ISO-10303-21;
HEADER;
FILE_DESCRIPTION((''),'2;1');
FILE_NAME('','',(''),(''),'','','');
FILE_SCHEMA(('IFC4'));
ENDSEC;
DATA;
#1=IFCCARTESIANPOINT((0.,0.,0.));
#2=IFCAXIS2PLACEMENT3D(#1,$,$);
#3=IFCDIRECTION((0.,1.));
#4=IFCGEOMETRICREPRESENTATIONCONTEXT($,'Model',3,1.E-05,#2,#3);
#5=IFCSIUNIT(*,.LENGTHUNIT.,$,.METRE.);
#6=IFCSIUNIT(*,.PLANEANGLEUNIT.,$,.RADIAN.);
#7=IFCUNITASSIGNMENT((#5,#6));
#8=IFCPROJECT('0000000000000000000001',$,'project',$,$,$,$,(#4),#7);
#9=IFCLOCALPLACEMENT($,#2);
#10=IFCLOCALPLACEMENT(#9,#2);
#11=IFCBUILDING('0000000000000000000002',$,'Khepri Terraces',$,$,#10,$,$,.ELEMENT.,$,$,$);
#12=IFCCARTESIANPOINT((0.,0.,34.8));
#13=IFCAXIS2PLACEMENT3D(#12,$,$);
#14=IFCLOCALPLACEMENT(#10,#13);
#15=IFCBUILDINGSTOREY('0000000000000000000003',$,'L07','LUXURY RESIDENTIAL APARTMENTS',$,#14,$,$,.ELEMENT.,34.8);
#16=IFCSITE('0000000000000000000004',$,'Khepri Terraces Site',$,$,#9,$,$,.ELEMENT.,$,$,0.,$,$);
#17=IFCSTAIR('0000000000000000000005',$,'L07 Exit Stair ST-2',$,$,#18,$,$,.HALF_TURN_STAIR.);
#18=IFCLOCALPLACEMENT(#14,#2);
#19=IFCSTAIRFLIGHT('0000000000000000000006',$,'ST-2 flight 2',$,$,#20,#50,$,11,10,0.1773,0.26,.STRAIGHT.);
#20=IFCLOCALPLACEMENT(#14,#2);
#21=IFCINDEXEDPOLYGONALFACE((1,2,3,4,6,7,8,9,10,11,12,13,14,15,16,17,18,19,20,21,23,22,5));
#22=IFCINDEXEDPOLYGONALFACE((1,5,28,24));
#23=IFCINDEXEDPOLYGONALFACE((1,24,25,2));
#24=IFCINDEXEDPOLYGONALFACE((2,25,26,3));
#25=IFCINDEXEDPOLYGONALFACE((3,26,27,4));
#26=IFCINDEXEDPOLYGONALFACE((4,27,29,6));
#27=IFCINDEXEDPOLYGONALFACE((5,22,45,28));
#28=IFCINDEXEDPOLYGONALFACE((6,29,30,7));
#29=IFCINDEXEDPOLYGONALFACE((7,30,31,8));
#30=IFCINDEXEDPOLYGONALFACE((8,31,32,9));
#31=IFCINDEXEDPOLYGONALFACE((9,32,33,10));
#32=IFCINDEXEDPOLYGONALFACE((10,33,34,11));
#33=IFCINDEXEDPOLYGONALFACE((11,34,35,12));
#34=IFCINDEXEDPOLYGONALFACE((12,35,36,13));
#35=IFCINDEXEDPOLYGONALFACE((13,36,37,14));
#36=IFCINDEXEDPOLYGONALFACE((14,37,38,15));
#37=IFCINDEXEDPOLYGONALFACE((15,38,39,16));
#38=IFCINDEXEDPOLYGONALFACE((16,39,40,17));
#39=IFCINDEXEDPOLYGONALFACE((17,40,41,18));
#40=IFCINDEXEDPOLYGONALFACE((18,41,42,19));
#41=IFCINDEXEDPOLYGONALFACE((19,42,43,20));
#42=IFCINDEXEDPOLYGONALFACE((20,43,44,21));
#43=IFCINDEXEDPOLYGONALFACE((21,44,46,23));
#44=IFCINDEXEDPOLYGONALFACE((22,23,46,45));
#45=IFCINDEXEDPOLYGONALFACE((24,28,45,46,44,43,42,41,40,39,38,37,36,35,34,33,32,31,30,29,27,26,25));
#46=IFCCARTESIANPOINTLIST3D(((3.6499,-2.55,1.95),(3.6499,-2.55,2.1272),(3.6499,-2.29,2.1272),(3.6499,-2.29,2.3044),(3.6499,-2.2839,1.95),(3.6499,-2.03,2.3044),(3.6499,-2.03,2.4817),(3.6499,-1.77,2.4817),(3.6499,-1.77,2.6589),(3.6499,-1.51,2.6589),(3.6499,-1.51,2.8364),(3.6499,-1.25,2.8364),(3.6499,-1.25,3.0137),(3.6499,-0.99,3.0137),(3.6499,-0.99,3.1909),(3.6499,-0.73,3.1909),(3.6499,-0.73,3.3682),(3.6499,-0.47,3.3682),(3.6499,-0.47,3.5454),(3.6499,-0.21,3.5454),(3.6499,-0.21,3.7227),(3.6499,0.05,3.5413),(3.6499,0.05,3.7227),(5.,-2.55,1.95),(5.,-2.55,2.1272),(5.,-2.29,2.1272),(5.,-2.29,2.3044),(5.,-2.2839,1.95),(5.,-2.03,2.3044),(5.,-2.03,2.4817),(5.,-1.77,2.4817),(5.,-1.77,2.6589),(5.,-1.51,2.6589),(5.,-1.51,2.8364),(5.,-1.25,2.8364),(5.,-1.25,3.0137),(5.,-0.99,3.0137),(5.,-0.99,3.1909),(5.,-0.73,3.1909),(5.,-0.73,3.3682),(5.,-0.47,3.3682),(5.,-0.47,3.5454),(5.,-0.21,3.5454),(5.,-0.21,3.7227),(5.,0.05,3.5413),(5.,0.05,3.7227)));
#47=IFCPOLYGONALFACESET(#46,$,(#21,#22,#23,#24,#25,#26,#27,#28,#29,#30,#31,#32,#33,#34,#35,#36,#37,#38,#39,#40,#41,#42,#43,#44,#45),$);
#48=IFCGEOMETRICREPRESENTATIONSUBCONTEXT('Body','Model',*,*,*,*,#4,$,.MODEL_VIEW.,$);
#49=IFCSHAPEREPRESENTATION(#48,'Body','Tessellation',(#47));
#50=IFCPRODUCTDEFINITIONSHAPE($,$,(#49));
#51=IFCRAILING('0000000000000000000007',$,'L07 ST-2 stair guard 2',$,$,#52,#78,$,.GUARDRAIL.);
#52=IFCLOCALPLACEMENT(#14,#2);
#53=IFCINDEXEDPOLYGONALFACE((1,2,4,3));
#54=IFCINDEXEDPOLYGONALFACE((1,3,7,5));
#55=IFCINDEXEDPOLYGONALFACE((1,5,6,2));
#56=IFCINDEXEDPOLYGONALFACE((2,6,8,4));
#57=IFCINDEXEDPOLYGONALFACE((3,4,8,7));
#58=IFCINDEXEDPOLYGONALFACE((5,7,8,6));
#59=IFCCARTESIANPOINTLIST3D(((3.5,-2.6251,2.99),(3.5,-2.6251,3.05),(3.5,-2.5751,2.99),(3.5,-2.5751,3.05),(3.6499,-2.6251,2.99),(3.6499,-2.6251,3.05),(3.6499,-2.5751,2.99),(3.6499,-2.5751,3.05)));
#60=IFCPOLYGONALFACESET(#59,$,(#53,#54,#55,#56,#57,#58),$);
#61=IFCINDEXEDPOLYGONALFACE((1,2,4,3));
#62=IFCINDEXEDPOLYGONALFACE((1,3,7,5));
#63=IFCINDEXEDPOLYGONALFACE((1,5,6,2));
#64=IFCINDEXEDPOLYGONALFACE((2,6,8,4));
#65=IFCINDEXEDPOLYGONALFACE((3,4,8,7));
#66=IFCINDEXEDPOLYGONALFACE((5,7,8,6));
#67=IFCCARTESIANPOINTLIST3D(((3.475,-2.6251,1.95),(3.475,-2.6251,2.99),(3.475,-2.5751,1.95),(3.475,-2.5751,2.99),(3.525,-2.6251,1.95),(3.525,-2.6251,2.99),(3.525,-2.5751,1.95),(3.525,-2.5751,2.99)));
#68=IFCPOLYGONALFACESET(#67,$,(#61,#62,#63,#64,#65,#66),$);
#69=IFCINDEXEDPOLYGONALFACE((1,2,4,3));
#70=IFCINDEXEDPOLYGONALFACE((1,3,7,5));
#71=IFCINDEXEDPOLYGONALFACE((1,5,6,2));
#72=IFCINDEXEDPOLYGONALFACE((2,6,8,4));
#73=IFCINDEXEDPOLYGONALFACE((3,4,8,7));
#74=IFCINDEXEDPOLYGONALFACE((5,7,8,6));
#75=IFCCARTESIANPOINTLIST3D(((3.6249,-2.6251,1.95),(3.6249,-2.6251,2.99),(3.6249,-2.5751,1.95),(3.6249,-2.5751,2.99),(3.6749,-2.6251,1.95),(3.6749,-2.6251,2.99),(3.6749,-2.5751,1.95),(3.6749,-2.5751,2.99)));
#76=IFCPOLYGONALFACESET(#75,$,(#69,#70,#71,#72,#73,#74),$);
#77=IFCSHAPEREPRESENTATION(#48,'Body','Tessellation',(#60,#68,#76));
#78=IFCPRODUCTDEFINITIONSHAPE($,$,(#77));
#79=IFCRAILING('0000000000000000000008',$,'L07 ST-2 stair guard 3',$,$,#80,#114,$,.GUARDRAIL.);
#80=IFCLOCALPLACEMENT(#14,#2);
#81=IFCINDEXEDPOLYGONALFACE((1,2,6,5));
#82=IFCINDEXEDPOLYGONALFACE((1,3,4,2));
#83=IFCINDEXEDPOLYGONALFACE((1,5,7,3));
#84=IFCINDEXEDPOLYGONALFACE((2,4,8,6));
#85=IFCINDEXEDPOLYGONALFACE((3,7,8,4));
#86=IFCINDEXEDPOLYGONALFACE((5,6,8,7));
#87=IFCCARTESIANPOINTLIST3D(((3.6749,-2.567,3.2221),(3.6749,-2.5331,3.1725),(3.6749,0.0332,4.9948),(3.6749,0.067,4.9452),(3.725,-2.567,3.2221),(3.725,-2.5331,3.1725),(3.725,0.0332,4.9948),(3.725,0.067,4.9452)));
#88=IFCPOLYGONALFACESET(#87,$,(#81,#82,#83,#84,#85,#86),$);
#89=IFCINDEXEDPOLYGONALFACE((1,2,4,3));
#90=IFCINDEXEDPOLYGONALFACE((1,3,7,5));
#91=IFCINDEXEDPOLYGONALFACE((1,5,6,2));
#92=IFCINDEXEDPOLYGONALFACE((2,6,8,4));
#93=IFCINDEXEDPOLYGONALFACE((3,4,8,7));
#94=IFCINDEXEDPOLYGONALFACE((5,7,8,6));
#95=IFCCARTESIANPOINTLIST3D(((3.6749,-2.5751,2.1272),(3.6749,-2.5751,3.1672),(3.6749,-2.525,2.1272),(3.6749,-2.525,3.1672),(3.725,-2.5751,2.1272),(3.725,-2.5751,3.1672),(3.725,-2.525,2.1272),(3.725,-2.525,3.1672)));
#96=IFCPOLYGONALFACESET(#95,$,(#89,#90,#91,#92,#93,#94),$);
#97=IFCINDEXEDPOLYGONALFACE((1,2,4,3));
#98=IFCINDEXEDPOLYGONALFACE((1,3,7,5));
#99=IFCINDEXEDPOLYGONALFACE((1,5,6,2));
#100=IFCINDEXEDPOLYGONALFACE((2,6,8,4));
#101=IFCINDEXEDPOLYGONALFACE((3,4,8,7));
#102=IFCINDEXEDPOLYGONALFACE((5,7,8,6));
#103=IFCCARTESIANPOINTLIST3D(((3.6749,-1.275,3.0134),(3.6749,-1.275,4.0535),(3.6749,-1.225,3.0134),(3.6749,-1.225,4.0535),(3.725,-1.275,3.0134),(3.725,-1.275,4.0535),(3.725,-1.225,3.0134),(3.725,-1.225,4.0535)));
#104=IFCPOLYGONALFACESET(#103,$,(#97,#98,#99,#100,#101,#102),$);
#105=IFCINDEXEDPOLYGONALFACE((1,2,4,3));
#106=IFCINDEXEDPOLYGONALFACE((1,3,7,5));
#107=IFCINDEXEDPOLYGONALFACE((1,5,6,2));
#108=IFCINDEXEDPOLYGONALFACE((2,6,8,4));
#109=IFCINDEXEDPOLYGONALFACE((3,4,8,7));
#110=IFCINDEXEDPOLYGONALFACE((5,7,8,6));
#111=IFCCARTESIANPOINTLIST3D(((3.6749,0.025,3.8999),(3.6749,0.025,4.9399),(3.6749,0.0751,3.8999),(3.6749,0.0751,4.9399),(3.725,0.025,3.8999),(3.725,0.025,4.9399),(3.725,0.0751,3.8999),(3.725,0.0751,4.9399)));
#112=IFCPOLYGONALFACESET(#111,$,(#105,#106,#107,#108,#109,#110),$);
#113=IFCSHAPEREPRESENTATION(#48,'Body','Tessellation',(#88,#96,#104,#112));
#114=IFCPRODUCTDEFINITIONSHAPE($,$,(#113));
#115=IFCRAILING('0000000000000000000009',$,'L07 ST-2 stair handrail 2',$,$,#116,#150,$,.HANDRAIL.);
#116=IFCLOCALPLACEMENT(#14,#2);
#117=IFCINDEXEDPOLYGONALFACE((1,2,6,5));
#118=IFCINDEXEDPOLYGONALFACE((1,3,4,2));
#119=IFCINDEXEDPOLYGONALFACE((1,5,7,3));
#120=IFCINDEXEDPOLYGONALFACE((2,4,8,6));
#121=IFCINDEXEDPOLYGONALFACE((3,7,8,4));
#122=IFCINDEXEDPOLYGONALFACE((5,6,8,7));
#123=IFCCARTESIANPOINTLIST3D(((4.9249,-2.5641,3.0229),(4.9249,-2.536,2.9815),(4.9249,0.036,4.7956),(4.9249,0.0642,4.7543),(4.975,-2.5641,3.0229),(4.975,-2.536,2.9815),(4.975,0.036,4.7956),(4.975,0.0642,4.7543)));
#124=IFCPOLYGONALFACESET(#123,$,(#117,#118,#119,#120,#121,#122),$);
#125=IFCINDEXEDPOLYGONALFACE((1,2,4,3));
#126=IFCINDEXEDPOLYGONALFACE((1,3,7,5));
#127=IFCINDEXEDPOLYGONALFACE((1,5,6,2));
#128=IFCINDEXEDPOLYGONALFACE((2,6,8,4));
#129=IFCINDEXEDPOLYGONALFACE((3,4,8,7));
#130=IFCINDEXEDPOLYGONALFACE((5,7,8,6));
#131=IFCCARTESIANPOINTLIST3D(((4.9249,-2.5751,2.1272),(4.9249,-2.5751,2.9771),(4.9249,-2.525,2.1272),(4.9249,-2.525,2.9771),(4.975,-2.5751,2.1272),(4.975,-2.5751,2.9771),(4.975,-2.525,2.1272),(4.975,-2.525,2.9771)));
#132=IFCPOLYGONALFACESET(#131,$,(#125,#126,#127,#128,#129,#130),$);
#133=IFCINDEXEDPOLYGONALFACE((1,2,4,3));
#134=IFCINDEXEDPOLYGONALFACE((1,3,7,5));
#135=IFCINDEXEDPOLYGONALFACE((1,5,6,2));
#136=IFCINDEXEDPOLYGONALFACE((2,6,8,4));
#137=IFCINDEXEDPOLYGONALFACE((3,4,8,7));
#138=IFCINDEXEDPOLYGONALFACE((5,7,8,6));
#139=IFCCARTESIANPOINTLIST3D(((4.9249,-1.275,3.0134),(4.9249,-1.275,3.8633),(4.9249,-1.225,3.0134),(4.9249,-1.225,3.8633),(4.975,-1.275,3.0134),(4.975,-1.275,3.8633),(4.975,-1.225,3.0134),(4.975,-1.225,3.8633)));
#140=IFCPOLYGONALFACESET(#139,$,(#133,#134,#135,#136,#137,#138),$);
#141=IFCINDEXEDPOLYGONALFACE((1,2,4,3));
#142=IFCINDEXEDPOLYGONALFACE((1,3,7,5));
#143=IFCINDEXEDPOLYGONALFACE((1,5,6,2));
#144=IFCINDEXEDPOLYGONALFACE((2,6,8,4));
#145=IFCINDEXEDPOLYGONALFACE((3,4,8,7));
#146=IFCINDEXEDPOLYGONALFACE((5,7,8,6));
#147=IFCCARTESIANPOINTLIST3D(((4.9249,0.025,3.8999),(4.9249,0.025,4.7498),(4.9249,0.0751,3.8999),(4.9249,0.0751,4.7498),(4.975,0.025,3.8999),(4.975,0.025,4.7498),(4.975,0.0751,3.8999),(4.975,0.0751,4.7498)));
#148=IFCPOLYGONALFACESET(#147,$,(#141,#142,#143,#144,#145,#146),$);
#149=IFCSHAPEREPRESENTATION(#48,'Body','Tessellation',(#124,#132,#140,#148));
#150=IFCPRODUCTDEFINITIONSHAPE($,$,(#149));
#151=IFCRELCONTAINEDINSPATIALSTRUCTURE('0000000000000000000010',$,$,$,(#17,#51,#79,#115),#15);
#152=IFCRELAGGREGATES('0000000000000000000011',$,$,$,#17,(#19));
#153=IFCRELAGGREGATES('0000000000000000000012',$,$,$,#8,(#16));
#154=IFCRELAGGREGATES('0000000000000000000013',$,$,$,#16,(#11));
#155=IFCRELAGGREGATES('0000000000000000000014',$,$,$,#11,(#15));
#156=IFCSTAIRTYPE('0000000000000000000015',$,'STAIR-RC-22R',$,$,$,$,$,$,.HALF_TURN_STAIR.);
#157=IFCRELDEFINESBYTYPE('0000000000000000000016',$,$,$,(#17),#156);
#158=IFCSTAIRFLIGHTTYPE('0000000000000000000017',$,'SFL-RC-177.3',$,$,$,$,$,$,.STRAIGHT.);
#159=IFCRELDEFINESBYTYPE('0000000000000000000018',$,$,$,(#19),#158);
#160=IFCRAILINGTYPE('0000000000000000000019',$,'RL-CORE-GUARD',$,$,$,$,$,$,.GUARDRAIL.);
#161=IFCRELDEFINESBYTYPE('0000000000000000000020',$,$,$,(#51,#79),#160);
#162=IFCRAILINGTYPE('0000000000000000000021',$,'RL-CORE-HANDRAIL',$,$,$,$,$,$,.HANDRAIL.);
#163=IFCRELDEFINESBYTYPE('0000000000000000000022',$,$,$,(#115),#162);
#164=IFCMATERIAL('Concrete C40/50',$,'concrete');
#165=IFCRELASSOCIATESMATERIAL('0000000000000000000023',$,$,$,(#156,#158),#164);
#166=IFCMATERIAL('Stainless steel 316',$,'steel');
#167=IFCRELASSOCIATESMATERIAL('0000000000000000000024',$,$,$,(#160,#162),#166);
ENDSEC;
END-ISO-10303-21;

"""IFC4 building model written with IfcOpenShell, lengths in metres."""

from ifc_helpers import new_model, si_unit, direction, frame, origin, origin_2d, place, context, subcontext, project, spatial, polyline, rectangle, outline, extrude, material, type_object, element, aggregate, save


model = new_model("IFC4")

# Units and contexts
model_context = context("Model", 3, precision=1e-05, world=origin(), true_north=direction((0.0, 1.0)))
body_context = subcontext(model_context, "Body", "Model", "MODEL_VIEW")
ifc_project = project(units=[si_unit("LENGTHUNIT", "METRE"), si_unit("PLANEANGLEUNIT", "RADIAN")], contexts=[model_context])

# Site, building, storey
site_placement = place(None, origin())
site = spatial("IfcSite", under=ifc_project, at=site_placement, Name="Khepri Terraces Site", CompositionType="ELEMENT", RefElevation=0.0)
building_placement = place(site_placement, origin())
building = spatial("IfcBuilding", under=site, at=building_placement, Name="Khepri Terraces", CompositionType="ELEMENT")
storey_placement = place(building_placement, frame((0.0, 0.0, 34.8)))
storey = spatial("IfcBuildingStorey", under=building, at=storey_placement, Name="L07", Description="LUXURY RESIDENTIAL APARTMENTS", CompositionType="ELEMENT", Elevation=34.8)

# Stair, stair flight
ifc_material_1 = material(Name="Concrete C40/50", Category="concrete")
stair_type = type_object("IfcStairType", Name="STAIR-RC-22R", PredefinedType="HALF_TURN_STAIR", material=ifc_material_1)
stair_placement = place(storey_placement, origin())
stair = element("IfcStair", 1, at=stair_placement, inside=storey, type_object=stair_type, Name="L07 Exit Stair ST-2", PredefinedType="HALF_TURN_STAIR")
stair_flight_type = type_object("IfcStairFlightType", Name="SFL-RC-177.3", PredefinedType="STRAIGHT", material=ifc_material_1)
stair_flight_placement = place(storey_placement, frame((4.325, -2.55, 1.95), z_axis=(0.0, 0.0, 1.0), x_axis=(0.0, 1.0, 0.0)))
stair_flight = element("IfcStairFlight", 2, at=stair_flight_placement, type_object=stair_flight_type, Name="ST-2 flight 2", NumberOfRisers=11, NumberOfTreads=10, PredefinedType="STRAIGHT", RiserHeight=0.1773, TreadLength=0.26, context=body_context, shape_type="SweptSolid", body=[
    extrude(outline(polyline([(0.0, 0.0), (0.0, 0.1772), (0.26, 0.1772), (0.26, 0.3545), (0.52, 0.3545), (0.52, 0.5317), (0.78, 0.5317), (0.78, 0.709), (1.04, 0.709), (1.04, 0.8865), (1.3, 0.8865), (1.3, 1.0637), (1.5601, 1.0637), (1.5601, 1.241), (1.8201, 1.241), (1.8201, 1.4182), (2.0801, 1.4182), (2.0801, 1.5955), (2.3401, 1.5955), (2.3401, 1.7727), (2.6001, 1.7727), (2.6001, 1.95), (2.6001, 1.5913), (0.2661, 0.0), (0.0, 0.0)])), frame((0.0, 0.675, 0.0), z_axis=(0.0, -1.0, 0.0), x_axis=(1.0, 0.0, 0.0)), (0.0, 0.0, 1.0), 1.3501),
])
aggregate(stair, [stair_flight])

# Railings
ifc_material_2 = material(Name="Stainless steel 316", Category="steel")
railing_type_1 = type_object("IfcRailingType", Name="RL-CORE-GUARD", PredefinedType="GUARDRAIL", material=ifc_material_2)
railing_1_placement = place(storey_placement, frame((3.5, -2.6001, 1.95)))
element("IfcRailing", 3, at=railing_1_placement, inside=storey, type_object=railing_type_1, Name="L07 ST-2 stair guard 2", PredefinedType="GUARDRAIL", context=body_context, shape_type="SweptSolid", body=[
    extrude(rectangle(XDim=0.05, YDim=0.0601, at=origin_2d()), frame((0.0, 0.0, 1.0701), z_axis=(1.0, 0.0, 0.0), x_axis=(0.0, 1.0, 0.0)), (0.0, 0.0, 1.0), 0.1499),
    extrude(rectangle(XDim=0.05, YDim=0.05, at=origin_2d()), origin(), (0.0, 0.0, 1.0), 1.04),
    extrude(rectangle(XDim=0.05, YDim=0.05, at=origin_2d()), frame((0.1499, 0.0, 0.0)), (0.0, 0.0, 1.0), 1.04),
])
railing_2_placement = place(storey_placement, frame((3.7, -2.55, 2.1272)))
element("IfcRailing", 4, at=railing_2_placement, inside=storey, type_object=railing_type_1, Name="L07 ST-2 stair guard 3", PredefinedType="GUARDRAIL", context=body_context, shape_type="SweptSolid", body=[
    extrude(rectangle(XDim=0.05, YDim=0.0601, at=origin_2d()), frame((0.0, 0.0, 1.0701), z_axis=(0.0, 0.82624, 0.563318), x_axis=(-1.0, 0.0, 0.0)), (0.0, 0.0, 1.0), 3.147),
    extrude(rectangle(XDim=0.05, YDim=0.05, at=origin_2d()), origin(), (0.0, 0.0, 1.0), 1.04),
    extrude(rectangle(XDim=0.05, YDim=0.05, at=origin_2d()), frame((0.0, 1.3, 0.8862)), (0.0, 0.0, 1.0), 1.04),
    extrude(rectangle(XDim=0.05, YDim=0.05, at=origin_2d()), frame((0.0, 2.6001, 1.7727)), (0.0, 0.0, 1.0), 1.04),
])
railing_type_2 = type_object("IfcRailingType", Name="RL-CORE-HANDRAIL", PredefinedType="HANDRAIL", material=ifc_material_2)
railing_3_placement = place(storey_placement, frame((4.95, -2.55, 2.1272)))
element("IfcRailing", 5, at=railing_3_placement, inside=storey, type_object=railing_type_2, Name="L07 ST-2 stair handrail 2", PredefinedType="HANDRAIL", context=body_context, shape_type="SweptSolid", body=[
    extrude(rectangle(XDim=0.05, YDim=0.05, at=origin_2d()), frame((0.0, 0.0, 0.875), z_axis=(0.0, 0.82624, 0.563318), x_axis=(-1.0, 0.0, 0.0)), (0.0, 0.0, 1.0), 3.147),
    extrude(rectangle(XDim=0.05, YDim=0.05, at=origin_2d()), origin(), (0.0, 0.0, 1.0), 0.8499),
    extrude(rectangle(XDim=0.05, YDim=0.05, at=origin_2d()), frame((0.0, 1.3, 0.8862)), (0.0, 0.0, 1.0), 0.8499),
    extrude(rectangle(XDim=0.05, YDim=0.05, at=origin_2d()), frame((0.0, 2.6001, 1.7727)), (0.0, 0.0, 1.0), 0.8499),
])

save(model, "model.ifc")
